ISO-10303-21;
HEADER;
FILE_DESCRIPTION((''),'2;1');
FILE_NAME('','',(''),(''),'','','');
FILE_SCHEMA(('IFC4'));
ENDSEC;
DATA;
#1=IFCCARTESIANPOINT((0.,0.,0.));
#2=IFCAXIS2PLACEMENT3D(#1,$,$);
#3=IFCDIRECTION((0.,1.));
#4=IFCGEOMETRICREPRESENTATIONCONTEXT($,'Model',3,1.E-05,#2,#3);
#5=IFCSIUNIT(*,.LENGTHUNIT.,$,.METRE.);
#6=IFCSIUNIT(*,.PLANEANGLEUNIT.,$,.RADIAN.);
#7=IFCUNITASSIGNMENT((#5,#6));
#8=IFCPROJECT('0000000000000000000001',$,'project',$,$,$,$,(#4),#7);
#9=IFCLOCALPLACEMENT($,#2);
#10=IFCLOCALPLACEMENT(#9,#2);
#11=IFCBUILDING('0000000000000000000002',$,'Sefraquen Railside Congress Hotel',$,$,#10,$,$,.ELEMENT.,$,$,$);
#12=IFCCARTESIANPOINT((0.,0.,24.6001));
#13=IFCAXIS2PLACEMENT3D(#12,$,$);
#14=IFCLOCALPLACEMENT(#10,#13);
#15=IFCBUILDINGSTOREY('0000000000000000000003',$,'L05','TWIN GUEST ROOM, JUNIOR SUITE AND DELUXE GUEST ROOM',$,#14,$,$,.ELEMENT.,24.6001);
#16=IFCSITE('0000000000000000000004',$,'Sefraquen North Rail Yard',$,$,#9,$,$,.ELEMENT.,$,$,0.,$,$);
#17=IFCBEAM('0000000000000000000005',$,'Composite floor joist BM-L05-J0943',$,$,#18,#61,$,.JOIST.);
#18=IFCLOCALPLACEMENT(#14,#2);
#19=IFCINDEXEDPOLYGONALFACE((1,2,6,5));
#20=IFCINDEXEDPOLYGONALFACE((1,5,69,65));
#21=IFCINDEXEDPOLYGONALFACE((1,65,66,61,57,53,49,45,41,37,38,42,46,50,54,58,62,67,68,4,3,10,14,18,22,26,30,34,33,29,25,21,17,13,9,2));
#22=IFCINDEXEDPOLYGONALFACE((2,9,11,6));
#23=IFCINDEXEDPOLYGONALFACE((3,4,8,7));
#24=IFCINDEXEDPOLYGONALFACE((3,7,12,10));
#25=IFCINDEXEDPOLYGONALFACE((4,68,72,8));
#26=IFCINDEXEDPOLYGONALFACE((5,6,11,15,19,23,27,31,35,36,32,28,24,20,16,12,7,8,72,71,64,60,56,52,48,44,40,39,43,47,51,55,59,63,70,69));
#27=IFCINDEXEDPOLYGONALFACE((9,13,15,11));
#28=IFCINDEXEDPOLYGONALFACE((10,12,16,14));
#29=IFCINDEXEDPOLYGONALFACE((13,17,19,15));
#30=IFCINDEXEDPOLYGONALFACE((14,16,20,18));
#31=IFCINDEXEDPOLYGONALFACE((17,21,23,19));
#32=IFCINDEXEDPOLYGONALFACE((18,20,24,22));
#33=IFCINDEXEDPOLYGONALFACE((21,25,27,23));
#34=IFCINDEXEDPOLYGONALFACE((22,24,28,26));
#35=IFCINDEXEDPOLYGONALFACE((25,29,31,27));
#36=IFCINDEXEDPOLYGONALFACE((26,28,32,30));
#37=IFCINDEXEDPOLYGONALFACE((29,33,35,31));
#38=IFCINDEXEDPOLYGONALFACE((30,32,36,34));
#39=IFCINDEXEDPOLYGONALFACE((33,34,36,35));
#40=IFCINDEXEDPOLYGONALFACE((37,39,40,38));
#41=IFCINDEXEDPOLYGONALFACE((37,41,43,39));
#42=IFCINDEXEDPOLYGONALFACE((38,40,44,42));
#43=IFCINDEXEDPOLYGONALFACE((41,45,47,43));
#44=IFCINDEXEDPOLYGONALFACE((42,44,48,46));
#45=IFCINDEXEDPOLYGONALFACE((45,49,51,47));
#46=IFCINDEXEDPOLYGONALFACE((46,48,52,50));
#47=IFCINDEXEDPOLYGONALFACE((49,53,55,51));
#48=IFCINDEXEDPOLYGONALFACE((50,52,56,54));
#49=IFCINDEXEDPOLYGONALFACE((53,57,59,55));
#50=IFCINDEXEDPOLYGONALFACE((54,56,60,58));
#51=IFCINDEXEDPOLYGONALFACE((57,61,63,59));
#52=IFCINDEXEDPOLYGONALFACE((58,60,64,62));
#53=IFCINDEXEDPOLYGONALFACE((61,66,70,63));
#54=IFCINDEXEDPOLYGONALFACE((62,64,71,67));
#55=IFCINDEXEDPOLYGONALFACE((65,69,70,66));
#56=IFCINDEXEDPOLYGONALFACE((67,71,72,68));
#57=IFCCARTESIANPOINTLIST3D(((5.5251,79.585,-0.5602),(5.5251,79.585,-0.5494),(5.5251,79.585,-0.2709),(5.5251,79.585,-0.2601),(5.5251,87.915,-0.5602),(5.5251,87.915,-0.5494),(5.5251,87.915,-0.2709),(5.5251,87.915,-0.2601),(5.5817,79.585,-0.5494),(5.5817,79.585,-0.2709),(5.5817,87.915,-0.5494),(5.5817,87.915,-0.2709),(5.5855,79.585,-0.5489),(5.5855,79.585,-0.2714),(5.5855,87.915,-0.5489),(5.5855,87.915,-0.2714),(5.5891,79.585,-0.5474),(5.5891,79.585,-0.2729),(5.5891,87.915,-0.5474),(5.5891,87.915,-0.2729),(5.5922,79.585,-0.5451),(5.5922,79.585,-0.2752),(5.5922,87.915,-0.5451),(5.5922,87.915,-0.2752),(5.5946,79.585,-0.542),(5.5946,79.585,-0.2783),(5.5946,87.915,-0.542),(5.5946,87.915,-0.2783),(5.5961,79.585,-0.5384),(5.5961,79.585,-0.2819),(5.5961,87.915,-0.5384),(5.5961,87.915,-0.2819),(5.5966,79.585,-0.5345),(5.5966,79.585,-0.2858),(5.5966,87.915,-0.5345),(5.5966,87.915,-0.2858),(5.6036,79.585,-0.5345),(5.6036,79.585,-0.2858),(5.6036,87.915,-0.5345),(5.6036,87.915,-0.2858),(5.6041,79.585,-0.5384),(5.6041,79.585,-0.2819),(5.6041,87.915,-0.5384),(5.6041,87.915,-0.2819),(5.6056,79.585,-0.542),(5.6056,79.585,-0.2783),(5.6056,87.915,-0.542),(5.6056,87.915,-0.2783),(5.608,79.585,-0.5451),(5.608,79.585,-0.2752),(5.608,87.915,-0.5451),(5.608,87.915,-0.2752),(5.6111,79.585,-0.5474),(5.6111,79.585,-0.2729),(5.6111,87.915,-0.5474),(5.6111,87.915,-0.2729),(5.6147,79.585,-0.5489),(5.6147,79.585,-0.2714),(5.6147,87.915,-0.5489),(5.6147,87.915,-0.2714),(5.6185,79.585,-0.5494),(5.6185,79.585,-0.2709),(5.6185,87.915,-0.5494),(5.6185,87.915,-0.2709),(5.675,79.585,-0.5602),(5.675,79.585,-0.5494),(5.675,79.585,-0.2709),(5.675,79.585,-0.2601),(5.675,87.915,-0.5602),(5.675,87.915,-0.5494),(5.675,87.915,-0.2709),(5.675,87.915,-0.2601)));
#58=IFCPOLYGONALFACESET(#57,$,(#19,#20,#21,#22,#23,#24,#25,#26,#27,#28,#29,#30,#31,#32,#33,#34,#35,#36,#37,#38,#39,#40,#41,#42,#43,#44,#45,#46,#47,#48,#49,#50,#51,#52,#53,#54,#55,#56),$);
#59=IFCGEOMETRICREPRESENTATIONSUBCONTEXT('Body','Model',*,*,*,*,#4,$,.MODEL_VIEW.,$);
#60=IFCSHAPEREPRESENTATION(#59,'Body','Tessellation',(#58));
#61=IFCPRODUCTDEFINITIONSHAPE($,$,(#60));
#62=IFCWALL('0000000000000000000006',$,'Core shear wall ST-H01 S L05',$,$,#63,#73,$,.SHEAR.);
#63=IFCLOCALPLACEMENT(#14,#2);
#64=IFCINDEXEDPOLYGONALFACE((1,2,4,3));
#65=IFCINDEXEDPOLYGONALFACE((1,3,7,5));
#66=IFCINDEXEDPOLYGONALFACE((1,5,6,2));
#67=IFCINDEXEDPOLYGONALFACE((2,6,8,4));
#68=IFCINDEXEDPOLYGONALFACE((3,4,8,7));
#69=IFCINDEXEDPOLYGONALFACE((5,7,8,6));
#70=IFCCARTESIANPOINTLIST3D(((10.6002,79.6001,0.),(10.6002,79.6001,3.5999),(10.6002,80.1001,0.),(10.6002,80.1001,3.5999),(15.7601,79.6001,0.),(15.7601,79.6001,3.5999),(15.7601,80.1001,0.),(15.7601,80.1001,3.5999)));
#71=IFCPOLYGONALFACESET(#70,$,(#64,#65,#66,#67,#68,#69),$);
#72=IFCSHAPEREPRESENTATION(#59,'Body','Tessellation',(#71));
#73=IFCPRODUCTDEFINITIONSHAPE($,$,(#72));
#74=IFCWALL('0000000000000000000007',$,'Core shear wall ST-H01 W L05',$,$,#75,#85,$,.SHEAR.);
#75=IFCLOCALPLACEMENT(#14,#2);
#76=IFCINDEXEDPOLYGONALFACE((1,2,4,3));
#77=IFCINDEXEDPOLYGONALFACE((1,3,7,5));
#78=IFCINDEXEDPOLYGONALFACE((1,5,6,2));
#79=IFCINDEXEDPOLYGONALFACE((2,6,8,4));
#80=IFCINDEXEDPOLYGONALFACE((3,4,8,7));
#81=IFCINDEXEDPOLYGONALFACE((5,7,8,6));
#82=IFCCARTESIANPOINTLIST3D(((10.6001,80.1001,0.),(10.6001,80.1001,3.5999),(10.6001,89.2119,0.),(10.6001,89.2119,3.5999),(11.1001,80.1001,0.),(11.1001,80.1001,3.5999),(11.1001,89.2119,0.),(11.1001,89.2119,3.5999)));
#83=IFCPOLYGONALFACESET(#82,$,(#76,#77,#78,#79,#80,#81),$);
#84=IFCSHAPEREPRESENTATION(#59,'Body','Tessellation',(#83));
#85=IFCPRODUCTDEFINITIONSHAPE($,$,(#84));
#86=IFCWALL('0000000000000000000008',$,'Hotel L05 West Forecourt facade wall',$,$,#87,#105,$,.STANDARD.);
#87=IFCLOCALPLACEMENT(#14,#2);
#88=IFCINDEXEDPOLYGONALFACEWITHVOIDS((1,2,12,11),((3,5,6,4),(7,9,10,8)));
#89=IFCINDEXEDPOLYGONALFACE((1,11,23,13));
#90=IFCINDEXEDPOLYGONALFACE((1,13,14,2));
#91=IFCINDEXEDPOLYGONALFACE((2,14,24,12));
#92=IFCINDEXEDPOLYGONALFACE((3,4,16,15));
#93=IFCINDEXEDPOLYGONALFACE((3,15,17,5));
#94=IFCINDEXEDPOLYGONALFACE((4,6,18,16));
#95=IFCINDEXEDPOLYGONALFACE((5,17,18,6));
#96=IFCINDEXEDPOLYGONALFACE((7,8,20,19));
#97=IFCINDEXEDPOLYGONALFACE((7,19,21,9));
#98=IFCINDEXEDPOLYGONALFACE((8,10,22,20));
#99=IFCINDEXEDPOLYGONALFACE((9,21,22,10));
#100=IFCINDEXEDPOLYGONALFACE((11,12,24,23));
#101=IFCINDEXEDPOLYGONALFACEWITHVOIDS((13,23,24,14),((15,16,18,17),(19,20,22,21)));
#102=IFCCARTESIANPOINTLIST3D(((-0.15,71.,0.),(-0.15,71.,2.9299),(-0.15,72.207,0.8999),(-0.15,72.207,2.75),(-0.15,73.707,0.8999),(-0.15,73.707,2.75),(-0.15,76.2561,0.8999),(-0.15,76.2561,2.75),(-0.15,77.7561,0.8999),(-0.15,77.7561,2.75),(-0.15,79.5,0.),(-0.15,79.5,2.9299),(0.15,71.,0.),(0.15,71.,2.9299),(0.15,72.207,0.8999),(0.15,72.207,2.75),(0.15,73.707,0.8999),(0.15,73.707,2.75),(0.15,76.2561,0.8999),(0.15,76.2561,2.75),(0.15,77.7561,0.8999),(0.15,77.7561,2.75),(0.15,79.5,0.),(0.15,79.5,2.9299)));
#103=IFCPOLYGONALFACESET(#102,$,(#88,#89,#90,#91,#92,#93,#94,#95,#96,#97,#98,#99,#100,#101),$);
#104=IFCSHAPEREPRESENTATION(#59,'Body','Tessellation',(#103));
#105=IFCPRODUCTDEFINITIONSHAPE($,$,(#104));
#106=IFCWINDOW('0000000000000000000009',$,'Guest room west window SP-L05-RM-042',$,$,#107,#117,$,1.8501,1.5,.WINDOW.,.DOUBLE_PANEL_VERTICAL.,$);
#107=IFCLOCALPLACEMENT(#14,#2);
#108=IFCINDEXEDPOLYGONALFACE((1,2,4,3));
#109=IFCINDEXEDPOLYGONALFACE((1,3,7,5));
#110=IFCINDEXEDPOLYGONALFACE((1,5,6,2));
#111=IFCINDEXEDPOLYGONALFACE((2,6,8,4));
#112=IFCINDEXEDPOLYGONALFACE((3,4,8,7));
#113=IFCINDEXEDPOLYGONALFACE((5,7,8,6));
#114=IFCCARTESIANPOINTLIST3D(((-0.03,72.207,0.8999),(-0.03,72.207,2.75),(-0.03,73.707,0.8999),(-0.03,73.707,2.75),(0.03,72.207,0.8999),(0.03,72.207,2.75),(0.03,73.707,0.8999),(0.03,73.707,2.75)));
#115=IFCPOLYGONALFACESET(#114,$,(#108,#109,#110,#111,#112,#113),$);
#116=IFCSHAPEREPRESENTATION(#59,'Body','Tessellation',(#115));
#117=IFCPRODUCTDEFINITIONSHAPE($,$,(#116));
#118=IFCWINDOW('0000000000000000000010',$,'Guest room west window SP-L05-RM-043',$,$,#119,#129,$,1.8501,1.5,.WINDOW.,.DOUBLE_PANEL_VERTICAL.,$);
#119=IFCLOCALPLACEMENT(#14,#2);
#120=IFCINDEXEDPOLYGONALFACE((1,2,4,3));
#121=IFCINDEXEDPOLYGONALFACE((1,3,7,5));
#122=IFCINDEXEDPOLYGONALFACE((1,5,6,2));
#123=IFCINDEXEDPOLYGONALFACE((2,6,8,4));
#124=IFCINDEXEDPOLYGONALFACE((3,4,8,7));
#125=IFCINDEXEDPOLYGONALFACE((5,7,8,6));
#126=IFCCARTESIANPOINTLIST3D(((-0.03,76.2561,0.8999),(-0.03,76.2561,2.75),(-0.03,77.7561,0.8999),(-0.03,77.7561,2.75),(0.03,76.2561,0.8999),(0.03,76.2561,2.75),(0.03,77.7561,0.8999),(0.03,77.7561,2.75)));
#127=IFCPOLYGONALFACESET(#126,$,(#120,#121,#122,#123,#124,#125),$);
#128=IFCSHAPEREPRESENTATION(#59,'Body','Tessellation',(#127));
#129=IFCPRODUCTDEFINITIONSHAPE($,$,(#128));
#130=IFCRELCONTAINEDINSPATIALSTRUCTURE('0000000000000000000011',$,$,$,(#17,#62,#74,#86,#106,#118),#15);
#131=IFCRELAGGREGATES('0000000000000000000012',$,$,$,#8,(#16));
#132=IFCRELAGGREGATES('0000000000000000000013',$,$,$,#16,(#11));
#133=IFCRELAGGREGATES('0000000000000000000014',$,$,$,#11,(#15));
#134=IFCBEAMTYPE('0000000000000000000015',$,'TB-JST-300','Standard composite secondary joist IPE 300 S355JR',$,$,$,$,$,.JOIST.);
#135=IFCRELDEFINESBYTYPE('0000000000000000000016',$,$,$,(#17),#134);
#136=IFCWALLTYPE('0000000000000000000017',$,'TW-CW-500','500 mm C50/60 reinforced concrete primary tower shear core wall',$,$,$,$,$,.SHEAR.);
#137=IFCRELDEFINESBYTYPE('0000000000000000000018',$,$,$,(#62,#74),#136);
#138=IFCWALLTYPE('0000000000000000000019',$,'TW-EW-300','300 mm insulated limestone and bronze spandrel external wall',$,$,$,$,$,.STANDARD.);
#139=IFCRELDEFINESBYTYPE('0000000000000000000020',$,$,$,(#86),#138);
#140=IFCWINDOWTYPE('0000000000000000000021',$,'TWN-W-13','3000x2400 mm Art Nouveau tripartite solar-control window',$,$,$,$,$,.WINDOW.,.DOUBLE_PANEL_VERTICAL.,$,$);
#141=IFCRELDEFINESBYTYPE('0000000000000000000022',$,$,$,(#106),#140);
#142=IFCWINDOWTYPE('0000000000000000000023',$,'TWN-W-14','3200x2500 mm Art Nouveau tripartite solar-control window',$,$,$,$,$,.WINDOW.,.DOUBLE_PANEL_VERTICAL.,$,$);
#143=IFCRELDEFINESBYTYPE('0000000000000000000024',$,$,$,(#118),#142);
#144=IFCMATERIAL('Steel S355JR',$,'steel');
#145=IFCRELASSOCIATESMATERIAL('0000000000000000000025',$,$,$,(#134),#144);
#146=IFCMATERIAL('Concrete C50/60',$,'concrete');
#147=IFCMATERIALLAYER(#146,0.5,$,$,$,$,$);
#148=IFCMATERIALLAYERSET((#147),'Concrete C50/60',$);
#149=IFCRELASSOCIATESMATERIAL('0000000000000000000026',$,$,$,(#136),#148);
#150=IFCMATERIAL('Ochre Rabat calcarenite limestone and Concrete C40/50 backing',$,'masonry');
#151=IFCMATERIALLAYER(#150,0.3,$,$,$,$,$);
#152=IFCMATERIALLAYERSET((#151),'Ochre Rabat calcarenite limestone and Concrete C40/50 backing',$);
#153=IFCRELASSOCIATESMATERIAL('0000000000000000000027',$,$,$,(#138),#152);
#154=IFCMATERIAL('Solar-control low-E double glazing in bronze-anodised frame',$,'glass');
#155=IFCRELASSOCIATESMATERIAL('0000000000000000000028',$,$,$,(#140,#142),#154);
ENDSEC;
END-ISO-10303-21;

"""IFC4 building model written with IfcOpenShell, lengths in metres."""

from ifc_helpers import new_model, si_unit, direction, frame, frame_2d, origin, origin_2d, place, context, subcontext, project, spatial, rectangle, i_section, extrude, material, layer, layer_set, material_profile, profile_set, type_object, element, fill, save


model = new_model("IFC4")

# Units and contexts
model_context = context("Model", 3, precision=1e-05, world=origin(), true_north=direction((0.0, 1.0)))
body_context = subcontext(model_context, "Body", "Model", "MODEL_VIEW")
ifc_project = project(units=[si_unit("LENGTHUNIT", "METRE"), si_unit("PLANEANGLEUNIT", "RADIAN")], contexts=[model_context])

# Site, building, storey
site_placement = place(None, origin())
site = spatial("IfcSite", under=ifc_project, at=site_placement, Name="Sefraquen North Rail Yard", CompositionType="ELEMENT", RefElevation=0.0)
building_placement = place(site_placement, origin())
building = spatial("IfcBuilding", under=site, at=building_placement, Name="Sefraquen Railside Congress Hotel", CompositionType="ELEMENT")
storey_placement = place(building_placement, frame((0.0, 0.0, 24.6001)))
storey = spatial("IfcBuildingStorey", under=building, at=storey_placement, Name="L05", Description="TWIN GUEST ROOM, JUNIOR SUITE AND DELUXE GUEST ROOM", CompositionType="ELEMENT", Elevation=24.6001)

# Shared definitions
ifc_material_1 = material(Name="Steel S355JR", Category="steel")

# Beam
ifc_material_profile_1 = material_profile(ifc_material_1, i_section(OverallWidth=0.1499, OverallDepth=0.3, WebThickness=0.0071, FlangeThickness=0.0107, FilletRadius=0.0149, at=origin_2d()), Name="IPE 300")
ifc_profile_set_1 = profile_set([ifc_material_profile_1], Name="Steel S355JR")
beam_type_1 = type_object("IfcBeamType", Name="TB-JST-300", Description="Standard composite secondary joist IPE 300 S355JR", PredefinedType="JOIST", material=ifc_profile_set_1)
for number, where, z_axis, x_axis, name in (
    (1, (5.6001, 79.585, -0.4102), (0.0, 1.0, 0.0), (-1.0, 0.0, 0.0), "Composite floor joist BM-L05-J0943"),
):
    element("IfcBeam", number, at=place(storey_placement, frame(where, z_axis=z_axis, x_axis=x_axis)), inside=storey, type_object=beam_type_1, Name=name, PredefinedType="JOIST", context=body_context, shape_type="SweptSolid", body=[
        extrude(i_section(OverallWidth=0.1499, OverallDepth=0.3, WebThickness=0.0071, FlangeThickness=0.0107, FilletRadius=0.0149, at=origin_2d()), origin(), (0.0, 0.0, 1.0), 8.3301),
    ])

# Walls
ifc_material_2 = material(Name="Concrete C50/60", Category="concrete")
ifc_layer_1 = layer(ifc_material_2, 0.5)
ifc_layer_set_1 = layer_set([ifc_layer_1], Name="Concrete C50/60")
wall_type_1 = type_object("IfcWallType", Name="TW-CW-500", Description="500 mm C50/60 reinforced concrete primary tower shear core wall", PredefinedType="SHEAR", material=ifc_layer_set_1)
wall_1_placement = place(storey_placement, frame((10.6001, 79.8501, 0.0), z_axis=(0.0, 0.0, 1.0), x_axis=(1.0, 0.0, 0.0)))
element("IfcWall", 2, at=wall_1_placement, inside=storey, type_object=wall_type_1, Name="Core shear wall ST-H01 S L05", PredefinedType="SHEAR", context=body_context, shape_type="SweptSolid", body=[
    extrude(rectangle(XDim=5.1599, YDim=0.5, at=frame_2d((2.5801, 0.0))), origin(), (0.0, 0.0, 1.0), 3.5999),
])
wall_2_placement = place(storey_placement, frame((10.8501, 80.1001, 0.0), z_axis=(0.0, 0.0, 1.0), x_axis=(0.0, 1.0, 0.0)))
element("IfcWall", 3, at=wall_2_placement, inside=storey, type_object=wall_type_1, Name="Core shear wall ST-H01 W L05", PredefinedType="SHEAR", context=body_context, shape_type="SweptSolid", body=[
    extrude(rectangle(XDim=9.1118, YDim=0.5, at=frame_2d((4.5559, 0.0))), origin(), (0.0, 0.0, 1.0), 3.5999),
])

# Wall, openings, windows
ifc_material_3 = material(Name="Ochre Rabat calcarenite limestone and Concrete C40/50 backing", Category="masonry")
ifc_layer_2 = layer(ifc_material_3, 0.3)
ifc_layer_set_2 = layer_set([ifc_layer_2], Name="Ochre Rabat calcarenite limestone and Concrete C40/50 backing")
wall_type_2 = type_object("IfcWallType", Name="TW-EW-300", Description="300 mm insulated limestone and bronze spandrel external wall", PredefinedType="STANDARD", material=ifc_layer_set_2)
wall_3_placement = place(storey_placement, frame((0.0, 71.0, 0.0), z_axis=(0.0, 0.0, 1.0), x_axis=(0.0, 1.0, 0.0)))
wall_3 = element("IfcWall", 4, at=wall_3_placement, inside=storey, type_object=wall_type_2, Name="Hotel L05 West Forecourt facade wall", PredefinedType="STANDARD", context=body_context, shape_type="SweptSolid", body=[
    extrude(rectangle(XDim=8.5, YDim=0.3, at=frame_2d((4.25, 0.0))), origin(), (0.0, 0.0, 1.0), 2.9299),
])
opening_1_placement = place(wall_3_placement, frame((1.207, 0.0, 0.8999)))
opening_1 = element("IfcOpeningElement", 5, at=opening_1_placement, cuts=wall_3, PredefinedType="OPENING", context=body_context, shape_type="SweptSolid", body=[
    extrude(rectangle(XDim=1.5, YDim=1.8501, at=frame_2d((0.75, 0.925))), frame((0.0, 0.1599, 0.0), z_axis=(0.0, -1.0, 0.0), x_axis=(1.0, 0.0, 0.0)), (0.0, 0.0, 1.0), 0.3201),
])
opening_2_placement = place(wall_3_placement, frame((5.2561, 0.0, 0.8999)))
opening_2 = element("IfcOpeningElement", 6, at=opening_2_placement, cuts=wall_3, PredefinedType="OPENING", context=body_context, shape_type="SweptSolid", body=[
    extrude(rectangle(XDim=1.5, YDim=1.8501, at=frame_2d((0.75, 0.925))), frame((0.0, 0.1599, 0.0), z_axis=(0.0, -1.0, 0.0), x_axis=(1.0, 0.0, 0.0)), (0.0, 0.0, 1.0), 0.3201),
])
ifc_material_4 = material(Name="Solar-control low-E double glazing in bronze-anodised frame", Category="glass")
window_type_1 = type_object("IfcWindowType", Name="TWN-W-13", Description="3000x2400 mm Art Nouveau tripartite solar-control window", PartitioningType="DOUBLE_PANEL_VERTICAL", PredefinedType="WINDOW", material=ifc_material_4)
window_1_placement = place(opening_1_placement, origin())
window_1 = element("IfcWindow", 7, at=window_1_placement, inside=storey, type_object=window_type_1, Name="Guest room west window SP-L05-RM-042", OverallHeight=1.8501, OverallWidth=1.5, PartitioningType="DOUBLE_PANEL_VERTICAL", PredefinedType="WINDOW", context=body_context, shape_type="SweptSolid", body=[
    extrude(rectangle(XDim=1.5, YDim=1.8501, at=frame_2d((0.75, 0.925))), frame((0.0, 0.03, 0.0), z_axis=(0.0, -1.0, 0.0), x_axis=(1.0, 0.0, 0.0)), (0.0, 0.0, 1.0), 0.0601),
])
fill(opening_1, window_1)
window_type_2 = type_object("IfcWindowType", Name="TWN-W-14", Description="3200x2500 mm Art Nouveau tripartite solar-control window", PartitioningType="DOUBLE_PANEL_VERTICAL", PredefinedType="WINDOW", material=ifc_material_4)
window_2_placement = place(opening_2_placement, origin())
window_2 = element("IfcWindow", 8, at=window_2_placement, inside=storey, type_object=window_type_2, Name="Guest room west window SP-L05-RM-043", OverallHeight=1.8501, OverallWidth=1.5, PartitioningType="DOUBLE_PANEL_VERTICAL", PredefinedType="WINDOW", context=body_context, shape_type="SweptSolid", body=[
    extrude(rectangle(XDim=1.5, YDim=1.8501, at=frame_2d((0.75, 0.925))), frame((0.0, 0.03, 0.0), z_axis=(0.0, -1.0, 0.0), x_axis=(1.0, 0.0, 0.0)), (0.0, 0.0, 1.0), 0.0601),
])
fill(opening_2, window_2)

save(model, "model.ifc")
